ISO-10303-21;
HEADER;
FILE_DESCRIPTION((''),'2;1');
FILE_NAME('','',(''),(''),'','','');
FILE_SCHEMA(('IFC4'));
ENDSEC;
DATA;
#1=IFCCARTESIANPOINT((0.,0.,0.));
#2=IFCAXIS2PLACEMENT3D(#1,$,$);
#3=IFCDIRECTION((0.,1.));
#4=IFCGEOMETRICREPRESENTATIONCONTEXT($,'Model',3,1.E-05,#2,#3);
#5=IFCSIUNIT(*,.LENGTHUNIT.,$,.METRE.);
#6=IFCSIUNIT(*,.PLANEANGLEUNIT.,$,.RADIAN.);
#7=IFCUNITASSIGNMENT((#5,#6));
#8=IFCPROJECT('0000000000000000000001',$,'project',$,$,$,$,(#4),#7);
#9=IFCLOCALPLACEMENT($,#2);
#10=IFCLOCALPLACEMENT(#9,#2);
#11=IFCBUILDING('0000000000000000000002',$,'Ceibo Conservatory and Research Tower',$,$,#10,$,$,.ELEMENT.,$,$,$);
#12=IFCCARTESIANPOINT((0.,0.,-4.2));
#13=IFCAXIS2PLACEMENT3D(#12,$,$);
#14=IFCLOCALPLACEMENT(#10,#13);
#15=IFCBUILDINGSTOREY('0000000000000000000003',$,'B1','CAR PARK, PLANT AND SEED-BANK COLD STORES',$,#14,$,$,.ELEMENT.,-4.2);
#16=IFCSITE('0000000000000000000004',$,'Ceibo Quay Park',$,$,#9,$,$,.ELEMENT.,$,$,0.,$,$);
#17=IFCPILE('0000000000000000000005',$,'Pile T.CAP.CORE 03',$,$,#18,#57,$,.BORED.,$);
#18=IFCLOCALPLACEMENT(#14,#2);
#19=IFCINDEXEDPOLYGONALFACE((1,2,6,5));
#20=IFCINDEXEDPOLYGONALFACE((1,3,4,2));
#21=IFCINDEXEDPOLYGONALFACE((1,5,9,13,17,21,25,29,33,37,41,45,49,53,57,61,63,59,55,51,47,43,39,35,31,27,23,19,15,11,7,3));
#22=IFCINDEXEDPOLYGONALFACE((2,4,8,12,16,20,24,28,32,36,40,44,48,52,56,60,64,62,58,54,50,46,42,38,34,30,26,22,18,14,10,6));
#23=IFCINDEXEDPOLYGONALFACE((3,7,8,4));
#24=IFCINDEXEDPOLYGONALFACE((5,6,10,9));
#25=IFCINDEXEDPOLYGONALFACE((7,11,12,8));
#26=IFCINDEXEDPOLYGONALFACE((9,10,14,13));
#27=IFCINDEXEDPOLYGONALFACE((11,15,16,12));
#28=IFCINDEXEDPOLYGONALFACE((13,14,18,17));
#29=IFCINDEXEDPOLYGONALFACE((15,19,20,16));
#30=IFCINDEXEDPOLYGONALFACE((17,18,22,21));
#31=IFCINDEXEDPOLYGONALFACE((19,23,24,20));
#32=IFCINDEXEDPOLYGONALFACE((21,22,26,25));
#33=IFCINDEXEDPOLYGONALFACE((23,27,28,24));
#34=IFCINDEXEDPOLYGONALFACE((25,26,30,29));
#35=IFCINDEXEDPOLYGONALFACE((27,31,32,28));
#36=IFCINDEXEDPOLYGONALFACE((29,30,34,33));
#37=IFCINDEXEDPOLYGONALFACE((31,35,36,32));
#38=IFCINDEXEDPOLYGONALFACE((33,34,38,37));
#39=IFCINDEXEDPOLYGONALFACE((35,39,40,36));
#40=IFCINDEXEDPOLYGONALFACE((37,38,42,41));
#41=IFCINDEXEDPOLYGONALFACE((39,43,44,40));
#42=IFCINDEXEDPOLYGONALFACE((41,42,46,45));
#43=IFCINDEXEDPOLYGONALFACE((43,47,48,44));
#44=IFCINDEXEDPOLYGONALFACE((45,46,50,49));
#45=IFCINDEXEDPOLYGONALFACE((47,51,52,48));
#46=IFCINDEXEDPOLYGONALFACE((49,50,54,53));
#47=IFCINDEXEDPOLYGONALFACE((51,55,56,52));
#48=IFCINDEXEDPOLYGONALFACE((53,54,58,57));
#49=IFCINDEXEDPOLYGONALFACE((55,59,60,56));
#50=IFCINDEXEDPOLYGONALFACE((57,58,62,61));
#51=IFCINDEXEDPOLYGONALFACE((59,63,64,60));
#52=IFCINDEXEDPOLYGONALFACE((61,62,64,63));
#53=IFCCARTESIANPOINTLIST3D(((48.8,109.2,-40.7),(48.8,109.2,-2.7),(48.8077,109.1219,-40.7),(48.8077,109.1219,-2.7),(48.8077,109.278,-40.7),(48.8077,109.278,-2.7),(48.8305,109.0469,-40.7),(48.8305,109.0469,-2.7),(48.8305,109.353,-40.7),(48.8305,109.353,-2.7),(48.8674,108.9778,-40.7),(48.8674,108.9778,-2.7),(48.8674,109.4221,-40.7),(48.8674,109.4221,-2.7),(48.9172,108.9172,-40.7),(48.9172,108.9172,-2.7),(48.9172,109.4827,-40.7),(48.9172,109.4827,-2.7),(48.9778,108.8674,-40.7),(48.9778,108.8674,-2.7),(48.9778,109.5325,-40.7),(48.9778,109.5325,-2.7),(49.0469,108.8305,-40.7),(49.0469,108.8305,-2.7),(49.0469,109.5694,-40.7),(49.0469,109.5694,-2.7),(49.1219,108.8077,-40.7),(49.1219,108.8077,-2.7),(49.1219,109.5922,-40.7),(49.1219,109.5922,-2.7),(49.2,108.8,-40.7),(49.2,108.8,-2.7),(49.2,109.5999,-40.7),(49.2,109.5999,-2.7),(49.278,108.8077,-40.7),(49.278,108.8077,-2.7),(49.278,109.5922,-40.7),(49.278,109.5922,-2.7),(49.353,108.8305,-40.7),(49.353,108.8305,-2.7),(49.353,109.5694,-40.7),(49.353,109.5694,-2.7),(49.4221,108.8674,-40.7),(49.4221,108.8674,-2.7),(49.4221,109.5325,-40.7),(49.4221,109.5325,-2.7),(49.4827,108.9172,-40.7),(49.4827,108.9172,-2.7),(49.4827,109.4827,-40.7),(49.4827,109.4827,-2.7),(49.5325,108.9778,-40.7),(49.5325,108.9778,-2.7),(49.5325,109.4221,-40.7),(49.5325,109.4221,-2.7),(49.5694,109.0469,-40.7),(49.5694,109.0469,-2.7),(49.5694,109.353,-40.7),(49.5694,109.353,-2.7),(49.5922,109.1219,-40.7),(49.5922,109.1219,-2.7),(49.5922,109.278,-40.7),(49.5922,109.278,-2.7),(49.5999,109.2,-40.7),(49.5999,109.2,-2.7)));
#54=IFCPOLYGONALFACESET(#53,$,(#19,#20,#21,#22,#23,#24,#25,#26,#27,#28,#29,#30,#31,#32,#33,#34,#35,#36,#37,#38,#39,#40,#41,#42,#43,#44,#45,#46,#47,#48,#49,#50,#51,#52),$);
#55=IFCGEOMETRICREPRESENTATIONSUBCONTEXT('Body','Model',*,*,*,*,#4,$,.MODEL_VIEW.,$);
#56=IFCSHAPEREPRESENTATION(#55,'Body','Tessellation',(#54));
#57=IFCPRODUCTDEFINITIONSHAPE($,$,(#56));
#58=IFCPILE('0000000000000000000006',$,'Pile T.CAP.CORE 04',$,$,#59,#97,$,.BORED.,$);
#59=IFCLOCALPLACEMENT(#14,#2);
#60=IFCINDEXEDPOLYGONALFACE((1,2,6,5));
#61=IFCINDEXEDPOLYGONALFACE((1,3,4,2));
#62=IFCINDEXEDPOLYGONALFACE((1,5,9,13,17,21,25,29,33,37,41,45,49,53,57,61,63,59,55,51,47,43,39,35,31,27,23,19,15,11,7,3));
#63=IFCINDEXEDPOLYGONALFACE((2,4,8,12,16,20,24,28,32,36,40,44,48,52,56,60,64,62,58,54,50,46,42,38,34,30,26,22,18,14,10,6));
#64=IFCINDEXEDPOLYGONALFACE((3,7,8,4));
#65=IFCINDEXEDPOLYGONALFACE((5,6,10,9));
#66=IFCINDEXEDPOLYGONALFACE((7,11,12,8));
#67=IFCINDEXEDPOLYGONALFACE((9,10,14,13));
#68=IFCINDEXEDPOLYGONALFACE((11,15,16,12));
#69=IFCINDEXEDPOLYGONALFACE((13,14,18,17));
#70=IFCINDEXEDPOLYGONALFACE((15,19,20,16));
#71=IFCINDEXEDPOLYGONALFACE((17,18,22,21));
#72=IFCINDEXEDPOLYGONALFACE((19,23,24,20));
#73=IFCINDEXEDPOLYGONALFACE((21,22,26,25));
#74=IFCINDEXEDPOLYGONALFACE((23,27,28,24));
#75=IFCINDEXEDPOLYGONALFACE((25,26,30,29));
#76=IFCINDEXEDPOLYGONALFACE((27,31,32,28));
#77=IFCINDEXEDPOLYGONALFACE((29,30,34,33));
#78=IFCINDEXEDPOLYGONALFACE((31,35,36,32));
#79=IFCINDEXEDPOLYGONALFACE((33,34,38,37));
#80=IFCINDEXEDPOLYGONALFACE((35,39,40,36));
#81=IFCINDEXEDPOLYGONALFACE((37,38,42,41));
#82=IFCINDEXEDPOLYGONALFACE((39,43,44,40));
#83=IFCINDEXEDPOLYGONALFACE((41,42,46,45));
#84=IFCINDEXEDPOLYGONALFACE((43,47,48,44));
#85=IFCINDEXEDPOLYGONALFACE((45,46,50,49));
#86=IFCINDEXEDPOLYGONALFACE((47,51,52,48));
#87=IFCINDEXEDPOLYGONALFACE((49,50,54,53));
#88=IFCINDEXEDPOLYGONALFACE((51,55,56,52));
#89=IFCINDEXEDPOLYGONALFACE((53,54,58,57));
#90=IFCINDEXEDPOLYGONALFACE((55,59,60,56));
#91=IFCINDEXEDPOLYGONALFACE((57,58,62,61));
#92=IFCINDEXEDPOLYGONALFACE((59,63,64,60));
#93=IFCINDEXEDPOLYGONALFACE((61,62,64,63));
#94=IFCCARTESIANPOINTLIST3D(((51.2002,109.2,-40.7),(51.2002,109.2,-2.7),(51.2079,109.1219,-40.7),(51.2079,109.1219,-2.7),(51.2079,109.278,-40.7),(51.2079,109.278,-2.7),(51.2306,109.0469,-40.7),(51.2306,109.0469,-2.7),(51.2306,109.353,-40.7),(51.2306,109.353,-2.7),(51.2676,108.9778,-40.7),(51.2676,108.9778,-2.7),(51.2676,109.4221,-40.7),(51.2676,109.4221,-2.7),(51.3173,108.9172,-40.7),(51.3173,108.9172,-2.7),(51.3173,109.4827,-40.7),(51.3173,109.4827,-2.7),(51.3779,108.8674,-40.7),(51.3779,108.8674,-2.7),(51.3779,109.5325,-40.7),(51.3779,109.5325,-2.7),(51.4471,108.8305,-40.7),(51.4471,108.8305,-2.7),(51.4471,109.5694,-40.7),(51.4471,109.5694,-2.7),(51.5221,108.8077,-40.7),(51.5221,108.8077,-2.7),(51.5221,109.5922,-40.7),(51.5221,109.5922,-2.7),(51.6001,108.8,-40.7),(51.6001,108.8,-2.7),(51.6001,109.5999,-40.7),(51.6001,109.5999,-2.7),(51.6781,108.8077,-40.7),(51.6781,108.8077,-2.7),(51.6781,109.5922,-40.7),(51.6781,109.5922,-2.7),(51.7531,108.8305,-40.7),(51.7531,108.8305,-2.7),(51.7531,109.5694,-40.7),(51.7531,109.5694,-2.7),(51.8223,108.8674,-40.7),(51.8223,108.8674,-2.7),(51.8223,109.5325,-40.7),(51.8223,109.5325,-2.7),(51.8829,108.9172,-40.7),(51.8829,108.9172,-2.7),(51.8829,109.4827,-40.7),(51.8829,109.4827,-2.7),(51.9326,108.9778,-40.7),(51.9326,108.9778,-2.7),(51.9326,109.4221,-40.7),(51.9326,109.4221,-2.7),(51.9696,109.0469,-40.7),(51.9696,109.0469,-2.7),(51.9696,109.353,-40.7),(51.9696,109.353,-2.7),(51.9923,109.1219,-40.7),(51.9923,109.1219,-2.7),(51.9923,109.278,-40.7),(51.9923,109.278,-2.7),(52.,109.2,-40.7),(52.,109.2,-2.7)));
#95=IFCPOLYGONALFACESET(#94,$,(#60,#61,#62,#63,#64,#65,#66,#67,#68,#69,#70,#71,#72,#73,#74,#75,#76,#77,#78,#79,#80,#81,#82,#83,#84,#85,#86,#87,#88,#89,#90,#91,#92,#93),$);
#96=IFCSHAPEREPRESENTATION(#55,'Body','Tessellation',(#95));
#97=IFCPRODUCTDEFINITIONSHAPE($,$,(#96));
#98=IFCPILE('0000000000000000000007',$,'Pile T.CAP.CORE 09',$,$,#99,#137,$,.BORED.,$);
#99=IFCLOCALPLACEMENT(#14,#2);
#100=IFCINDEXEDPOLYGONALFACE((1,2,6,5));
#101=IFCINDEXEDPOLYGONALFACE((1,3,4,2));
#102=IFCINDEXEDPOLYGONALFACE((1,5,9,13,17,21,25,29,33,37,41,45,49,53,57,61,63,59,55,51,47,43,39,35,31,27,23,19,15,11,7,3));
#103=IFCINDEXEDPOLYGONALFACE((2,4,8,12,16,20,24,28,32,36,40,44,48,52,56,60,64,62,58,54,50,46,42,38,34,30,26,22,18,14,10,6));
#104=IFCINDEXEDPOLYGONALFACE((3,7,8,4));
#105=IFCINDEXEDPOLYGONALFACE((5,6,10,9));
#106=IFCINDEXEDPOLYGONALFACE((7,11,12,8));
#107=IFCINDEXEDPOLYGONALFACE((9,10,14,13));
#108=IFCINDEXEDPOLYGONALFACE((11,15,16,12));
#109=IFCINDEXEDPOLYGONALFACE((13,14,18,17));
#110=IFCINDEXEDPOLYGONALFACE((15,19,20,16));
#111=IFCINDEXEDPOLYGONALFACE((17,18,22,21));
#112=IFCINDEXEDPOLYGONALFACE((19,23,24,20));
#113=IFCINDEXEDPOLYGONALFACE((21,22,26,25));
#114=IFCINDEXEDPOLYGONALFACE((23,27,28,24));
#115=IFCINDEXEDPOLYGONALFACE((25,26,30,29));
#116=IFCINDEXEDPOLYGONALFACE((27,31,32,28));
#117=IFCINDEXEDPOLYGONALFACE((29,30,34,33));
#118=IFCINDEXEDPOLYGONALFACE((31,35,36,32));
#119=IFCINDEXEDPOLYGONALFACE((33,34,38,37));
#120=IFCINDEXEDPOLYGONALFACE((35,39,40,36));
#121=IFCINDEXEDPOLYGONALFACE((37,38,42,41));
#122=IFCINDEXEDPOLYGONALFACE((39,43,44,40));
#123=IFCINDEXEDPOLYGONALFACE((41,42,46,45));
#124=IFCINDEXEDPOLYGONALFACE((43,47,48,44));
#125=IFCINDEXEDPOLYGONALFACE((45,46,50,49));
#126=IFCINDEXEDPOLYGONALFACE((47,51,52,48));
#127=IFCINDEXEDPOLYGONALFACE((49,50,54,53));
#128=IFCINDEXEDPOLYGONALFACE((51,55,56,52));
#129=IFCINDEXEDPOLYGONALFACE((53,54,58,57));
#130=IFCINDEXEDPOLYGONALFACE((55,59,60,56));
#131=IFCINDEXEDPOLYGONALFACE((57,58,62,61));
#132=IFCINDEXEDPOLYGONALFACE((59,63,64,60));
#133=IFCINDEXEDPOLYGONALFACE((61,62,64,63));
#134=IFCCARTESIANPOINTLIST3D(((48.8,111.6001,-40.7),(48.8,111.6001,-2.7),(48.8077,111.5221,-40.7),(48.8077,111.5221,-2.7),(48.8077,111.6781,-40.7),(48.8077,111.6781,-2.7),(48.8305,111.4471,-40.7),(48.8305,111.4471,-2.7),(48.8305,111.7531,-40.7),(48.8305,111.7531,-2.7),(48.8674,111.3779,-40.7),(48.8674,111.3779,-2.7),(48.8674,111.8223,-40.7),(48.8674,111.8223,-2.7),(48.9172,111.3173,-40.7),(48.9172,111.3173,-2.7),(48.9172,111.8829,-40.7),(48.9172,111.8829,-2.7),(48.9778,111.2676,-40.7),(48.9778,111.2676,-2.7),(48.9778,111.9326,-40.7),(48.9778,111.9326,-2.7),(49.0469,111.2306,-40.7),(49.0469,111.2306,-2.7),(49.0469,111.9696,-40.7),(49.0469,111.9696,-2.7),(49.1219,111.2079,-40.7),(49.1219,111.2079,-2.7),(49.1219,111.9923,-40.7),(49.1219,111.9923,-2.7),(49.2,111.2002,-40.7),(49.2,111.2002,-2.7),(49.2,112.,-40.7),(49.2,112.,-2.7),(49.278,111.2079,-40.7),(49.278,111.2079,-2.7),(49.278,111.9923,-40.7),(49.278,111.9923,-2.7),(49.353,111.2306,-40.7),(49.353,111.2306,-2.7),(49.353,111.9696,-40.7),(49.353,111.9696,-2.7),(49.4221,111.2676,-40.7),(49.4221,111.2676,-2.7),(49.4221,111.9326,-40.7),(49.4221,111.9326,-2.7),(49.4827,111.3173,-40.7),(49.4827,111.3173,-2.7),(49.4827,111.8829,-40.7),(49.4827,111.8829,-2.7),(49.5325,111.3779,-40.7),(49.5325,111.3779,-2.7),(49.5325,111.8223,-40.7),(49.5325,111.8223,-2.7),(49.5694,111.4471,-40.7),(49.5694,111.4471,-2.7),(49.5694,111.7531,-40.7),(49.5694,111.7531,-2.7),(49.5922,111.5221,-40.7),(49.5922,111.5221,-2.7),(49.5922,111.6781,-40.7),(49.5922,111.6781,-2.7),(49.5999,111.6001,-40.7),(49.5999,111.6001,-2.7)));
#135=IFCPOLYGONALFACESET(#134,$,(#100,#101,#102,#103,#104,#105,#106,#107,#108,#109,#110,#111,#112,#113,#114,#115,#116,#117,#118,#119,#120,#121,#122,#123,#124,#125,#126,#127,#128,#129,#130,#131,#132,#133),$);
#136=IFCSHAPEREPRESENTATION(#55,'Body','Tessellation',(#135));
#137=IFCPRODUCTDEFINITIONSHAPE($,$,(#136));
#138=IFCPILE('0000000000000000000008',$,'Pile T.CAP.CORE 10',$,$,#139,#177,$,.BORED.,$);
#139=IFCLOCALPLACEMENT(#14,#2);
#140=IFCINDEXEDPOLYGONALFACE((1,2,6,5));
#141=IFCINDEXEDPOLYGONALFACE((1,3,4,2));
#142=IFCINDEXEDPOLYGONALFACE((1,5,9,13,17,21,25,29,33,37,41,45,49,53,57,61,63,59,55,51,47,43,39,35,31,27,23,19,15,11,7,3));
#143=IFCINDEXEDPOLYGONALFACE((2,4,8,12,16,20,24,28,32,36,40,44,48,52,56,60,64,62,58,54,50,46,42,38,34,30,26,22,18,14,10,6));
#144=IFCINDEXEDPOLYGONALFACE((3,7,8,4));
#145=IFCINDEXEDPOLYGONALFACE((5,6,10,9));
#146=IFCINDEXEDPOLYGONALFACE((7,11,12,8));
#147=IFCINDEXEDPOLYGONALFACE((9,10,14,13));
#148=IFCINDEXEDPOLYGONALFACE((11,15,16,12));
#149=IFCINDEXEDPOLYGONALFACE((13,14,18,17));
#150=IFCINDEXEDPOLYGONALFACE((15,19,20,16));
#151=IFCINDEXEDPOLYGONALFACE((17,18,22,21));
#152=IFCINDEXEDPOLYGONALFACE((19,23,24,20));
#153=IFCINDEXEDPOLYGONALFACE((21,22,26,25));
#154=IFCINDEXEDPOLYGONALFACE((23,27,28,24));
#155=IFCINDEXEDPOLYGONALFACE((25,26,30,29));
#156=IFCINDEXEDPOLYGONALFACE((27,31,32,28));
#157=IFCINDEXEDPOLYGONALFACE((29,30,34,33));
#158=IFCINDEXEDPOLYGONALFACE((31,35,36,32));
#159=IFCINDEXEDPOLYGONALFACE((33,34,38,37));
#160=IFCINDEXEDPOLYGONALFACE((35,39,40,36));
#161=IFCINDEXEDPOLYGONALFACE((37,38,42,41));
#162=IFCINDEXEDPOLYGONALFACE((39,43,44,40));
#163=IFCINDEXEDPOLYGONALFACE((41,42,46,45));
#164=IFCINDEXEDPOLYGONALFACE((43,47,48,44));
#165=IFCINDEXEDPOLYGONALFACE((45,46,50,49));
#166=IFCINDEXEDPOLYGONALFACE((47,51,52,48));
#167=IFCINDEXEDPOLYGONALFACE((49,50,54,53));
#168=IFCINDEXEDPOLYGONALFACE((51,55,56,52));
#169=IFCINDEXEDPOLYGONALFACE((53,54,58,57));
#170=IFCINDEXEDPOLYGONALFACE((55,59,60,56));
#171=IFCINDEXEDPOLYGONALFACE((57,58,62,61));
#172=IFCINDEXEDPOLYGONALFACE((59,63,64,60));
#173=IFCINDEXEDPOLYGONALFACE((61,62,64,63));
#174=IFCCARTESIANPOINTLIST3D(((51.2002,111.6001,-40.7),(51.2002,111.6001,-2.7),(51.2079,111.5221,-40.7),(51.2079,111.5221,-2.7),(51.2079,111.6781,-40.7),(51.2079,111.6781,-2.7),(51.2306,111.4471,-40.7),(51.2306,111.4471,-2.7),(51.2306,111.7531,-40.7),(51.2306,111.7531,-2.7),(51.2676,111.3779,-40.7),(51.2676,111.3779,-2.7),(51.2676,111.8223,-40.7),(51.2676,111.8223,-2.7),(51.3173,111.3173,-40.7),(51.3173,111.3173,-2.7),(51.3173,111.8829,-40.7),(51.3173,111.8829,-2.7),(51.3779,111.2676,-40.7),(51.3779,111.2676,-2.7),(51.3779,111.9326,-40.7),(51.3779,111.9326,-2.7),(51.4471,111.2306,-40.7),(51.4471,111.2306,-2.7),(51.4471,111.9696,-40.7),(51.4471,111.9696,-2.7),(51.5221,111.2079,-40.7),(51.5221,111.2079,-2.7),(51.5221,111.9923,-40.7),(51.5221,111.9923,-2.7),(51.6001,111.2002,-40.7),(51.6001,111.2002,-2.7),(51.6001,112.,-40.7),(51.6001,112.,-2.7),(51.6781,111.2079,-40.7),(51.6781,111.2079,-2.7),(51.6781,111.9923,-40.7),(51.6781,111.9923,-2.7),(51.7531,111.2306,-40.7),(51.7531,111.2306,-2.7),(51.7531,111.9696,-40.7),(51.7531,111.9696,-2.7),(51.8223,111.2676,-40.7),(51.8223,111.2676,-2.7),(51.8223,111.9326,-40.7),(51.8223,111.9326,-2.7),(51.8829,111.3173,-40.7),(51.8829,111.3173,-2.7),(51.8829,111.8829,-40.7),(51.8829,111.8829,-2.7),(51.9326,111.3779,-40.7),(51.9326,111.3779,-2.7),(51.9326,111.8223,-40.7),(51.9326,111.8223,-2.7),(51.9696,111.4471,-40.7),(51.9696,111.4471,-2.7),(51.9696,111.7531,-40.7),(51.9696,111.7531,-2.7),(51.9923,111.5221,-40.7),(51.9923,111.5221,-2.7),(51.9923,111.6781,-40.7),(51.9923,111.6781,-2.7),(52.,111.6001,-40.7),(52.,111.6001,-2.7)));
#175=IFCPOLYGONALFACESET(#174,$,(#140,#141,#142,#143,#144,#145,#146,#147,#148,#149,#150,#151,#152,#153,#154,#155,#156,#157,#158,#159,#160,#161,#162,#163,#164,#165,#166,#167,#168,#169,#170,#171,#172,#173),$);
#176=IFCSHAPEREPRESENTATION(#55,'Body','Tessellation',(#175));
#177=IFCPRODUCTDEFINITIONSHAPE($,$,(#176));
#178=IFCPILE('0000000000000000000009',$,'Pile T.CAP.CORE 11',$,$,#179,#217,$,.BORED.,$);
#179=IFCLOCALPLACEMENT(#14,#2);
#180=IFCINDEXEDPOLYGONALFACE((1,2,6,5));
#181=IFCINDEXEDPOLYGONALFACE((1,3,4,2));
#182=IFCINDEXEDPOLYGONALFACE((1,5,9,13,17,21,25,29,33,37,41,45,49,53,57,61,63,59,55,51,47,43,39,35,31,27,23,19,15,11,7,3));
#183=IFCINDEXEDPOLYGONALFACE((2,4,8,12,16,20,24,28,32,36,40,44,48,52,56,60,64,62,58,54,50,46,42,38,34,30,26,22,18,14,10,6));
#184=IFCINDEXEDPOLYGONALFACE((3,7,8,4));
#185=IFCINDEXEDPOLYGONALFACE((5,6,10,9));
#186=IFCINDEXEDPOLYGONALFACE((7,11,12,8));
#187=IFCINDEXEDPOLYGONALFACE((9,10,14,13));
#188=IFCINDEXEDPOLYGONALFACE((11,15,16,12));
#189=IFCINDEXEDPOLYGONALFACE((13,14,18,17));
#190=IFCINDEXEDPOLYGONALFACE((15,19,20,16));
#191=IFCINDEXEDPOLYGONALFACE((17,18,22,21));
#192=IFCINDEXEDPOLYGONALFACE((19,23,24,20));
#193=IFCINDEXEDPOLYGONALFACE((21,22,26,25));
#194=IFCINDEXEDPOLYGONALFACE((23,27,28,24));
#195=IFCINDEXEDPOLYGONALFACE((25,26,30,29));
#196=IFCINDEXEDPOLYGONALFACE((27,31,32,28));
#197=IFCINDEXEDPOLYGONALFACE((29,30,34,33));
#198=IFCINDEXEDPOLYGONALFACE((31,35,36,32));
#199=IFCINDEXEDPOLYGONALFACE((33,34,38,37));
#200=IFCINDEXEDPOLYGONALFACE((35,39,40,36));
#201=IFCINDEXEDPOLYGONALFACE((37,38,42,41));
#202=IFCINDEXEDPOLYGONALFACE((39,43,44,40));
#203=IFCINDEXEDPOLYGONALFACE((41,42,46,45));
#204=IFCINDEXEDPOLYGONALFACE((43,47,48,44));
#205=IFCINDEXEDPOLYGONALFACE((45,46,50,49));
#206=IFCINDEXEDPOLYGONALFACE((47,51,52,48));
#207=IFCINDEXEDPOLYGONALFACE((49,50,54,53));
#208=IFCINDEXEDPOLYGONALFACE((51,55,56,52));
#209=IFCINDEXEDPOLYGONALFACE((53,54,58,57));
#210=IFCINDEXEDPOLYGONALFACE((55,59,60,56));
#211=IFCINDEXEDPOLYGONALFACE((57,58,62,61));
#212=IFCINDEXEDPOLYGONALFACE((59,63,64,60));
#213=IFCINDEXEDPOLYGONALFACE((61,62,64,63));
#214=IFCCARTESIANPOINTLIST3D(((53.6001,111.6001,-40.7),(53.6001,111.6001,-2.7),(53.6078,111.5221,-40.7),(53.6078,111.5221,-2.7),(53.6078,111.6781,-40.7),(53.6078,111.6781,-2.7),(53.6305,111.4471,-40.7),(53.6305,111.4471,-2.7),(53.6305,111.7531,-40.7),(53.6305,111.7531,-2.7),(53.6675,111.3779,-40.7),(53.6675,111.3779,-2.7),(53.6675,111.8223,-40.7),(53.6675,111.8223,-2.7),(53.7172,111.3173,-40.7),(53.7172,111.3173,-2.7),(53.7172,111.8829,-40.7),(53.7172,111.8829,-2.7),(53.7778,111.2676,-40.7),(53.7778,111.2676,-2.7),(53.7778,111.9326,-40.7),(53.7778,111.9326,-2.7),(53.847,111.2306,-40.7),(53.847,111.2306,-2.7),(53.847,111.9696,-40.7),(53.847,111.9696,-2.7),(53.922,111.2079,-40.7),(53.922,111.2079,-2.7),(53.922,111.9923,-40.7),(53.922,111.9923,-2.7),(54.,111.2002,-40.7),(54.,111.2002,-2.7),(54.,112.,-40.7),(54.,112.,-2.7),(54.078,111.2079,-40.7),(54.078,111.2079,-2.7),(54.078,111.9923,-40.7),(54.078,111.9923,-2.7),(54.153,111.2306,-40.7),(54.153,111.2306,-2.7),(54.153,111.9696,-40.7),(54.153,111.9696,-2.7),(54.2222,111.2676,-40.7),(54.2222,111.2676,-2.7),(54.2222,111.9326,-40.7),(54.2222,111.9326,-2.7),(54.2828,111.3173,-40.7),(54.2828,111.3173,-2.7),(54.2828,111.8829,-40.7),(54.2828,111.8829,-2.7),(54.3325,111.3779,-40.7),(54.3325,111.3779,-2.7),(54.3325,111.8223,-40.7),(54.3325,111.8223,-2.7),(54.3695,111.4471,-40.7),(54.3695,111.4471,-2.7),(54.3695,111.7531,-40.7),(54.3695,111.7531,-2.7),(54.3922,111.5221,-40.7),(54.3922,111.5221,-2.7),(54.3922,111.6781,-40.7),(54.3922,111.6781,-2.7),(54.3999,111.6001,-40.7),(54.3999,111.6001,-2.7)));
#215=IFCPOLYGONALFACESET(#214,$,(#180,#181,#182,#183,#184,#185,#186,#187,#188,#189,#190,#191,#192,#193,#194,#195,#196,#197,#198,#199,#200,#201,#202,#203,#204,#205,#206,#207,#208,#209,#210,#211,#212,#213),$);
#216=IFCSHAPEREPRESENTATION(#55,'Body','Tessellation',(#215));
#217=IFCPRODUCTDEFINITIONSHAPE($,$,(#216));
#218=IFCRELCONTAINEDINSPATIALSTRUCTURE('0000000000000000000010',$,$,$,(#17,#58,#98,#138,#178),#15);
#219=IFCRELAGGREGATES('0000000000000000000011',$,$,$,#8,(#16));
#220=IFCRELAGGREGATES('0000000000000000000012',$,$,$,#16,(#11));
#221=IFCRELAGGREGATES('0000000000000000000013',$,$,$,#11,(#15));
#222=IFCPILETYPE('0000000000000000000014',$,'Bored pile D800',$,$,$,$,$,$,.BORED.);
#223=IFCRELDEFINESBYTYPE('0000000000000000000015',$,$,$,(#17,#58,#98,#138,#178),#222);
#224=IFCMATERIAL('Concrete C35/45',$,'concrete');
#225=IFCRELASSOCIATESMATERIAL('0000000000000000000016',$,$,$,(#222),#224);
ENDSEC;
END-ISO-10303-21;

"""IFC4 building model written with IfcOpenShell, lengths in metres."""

from ifc_helpers import new_model, si_unit, direction, frame, origin, origin_2d, place, context, subcontext, project, spatial, circle, extrude, material, material_profile, profile_set, type_object, element, save


model = new_model("IFC4")

# Units and contexts
model_context = context("Model", 3, precision=1e-05, world=origin(), true_north=direction((0.0, 1.0)))
body_context = subcontext(model_context, "Body", "Model", "MODEL_VIEW")
ifc_project = project(units=[si_unit("LENGTHUNIT", "METRE"), si_unit("PLANEANGLEUNIT", "RADIAN")], contexts=[model_context])

# Site, building, storey
site_placement = place(None, origin())
site = spatial("IfcSite", under=ifc_project, at=site_placement, Name="Ceibo Quay Park", CompositionType="ELEMENT", RefElevation=0.0)
building_placement = place(site_placement, origin())
building = spatial("IfcBuilding", under=site, at=building_placement, Name="Ceibo Conservatory and Research Tower", CompositionType="ELEMENT")
storey_placement = place(building_placement, frame((0.0, 0.0, -4.2)))
storey = spatial("IfcBuildingStorey", under=building, at=storey_placement, Name="B1", Description="CAR PARK, PLANT AND SEED-BANK COLD STORES", CompositionType="ELEMENT", Elevation=-4.2)

# Piles
ifc_material_1 = material(Name="Concrete C35/45", Category="concrete")
ifc_material_profile_1 = material_profile(ifc_material_1, circle(Radius=0.3999, at=origin_2d()), Name="RC D800")
ifc_profile_set_1 = profile_set([ifc_material_profile_1], Name="Concrete C35/45")
pile_type = type_object("IfcPileType", Name="Bored pile D800", PredefinedType="BORED", material=ifc_profile_set_1)
for number, where, z_axis, x_axis, name in (
    (1, (49.2, 109.2, -2.7), (0.0, 0.0, -1.0), (1.0, 0.0, 0.0), "Pile T.CAP.CORE 03"),
    (2, (51.6001, 109.2, -2.7), (0.0, 0.0, -1.0), (1.0, 0.0, 0.0), "Pile T.CAP.CORE 04"),
    (3, (49.2, 111.6001, -2.7), (0.0, 0.0, -1.0), (1.0, 0.0, 0.0), "Pile T.CAP.CORE 09"),
    (4, (51.6001, 111.6001, -2.7), (0.0, 0.0, -1.0), (1.0, 0.0, 0.0), "Pile T.CAP.CORE 10"),
    (5, (54.0, 111.6001, -2.7), (0.0, 0.0, -1.0), (1.0, 0.0, 0.0), "Pile T.CAP.CORE 11"),
):
    element("IfcPile", number, at=place(storey_placement, frame(where, z_axis=z_axis, x_axis=x_axis)), inside=storey, type_object=pile_type, Name=name, PredefinedType="BORED", context=body_context, shape_type="SweptSolid", body=[
        extrude(circle(Radius=0.3999, at=origin_2d()), origin(), (0.0, 0.0, 1.0), 38.0),
    ])

save(model, "model.ifc")
